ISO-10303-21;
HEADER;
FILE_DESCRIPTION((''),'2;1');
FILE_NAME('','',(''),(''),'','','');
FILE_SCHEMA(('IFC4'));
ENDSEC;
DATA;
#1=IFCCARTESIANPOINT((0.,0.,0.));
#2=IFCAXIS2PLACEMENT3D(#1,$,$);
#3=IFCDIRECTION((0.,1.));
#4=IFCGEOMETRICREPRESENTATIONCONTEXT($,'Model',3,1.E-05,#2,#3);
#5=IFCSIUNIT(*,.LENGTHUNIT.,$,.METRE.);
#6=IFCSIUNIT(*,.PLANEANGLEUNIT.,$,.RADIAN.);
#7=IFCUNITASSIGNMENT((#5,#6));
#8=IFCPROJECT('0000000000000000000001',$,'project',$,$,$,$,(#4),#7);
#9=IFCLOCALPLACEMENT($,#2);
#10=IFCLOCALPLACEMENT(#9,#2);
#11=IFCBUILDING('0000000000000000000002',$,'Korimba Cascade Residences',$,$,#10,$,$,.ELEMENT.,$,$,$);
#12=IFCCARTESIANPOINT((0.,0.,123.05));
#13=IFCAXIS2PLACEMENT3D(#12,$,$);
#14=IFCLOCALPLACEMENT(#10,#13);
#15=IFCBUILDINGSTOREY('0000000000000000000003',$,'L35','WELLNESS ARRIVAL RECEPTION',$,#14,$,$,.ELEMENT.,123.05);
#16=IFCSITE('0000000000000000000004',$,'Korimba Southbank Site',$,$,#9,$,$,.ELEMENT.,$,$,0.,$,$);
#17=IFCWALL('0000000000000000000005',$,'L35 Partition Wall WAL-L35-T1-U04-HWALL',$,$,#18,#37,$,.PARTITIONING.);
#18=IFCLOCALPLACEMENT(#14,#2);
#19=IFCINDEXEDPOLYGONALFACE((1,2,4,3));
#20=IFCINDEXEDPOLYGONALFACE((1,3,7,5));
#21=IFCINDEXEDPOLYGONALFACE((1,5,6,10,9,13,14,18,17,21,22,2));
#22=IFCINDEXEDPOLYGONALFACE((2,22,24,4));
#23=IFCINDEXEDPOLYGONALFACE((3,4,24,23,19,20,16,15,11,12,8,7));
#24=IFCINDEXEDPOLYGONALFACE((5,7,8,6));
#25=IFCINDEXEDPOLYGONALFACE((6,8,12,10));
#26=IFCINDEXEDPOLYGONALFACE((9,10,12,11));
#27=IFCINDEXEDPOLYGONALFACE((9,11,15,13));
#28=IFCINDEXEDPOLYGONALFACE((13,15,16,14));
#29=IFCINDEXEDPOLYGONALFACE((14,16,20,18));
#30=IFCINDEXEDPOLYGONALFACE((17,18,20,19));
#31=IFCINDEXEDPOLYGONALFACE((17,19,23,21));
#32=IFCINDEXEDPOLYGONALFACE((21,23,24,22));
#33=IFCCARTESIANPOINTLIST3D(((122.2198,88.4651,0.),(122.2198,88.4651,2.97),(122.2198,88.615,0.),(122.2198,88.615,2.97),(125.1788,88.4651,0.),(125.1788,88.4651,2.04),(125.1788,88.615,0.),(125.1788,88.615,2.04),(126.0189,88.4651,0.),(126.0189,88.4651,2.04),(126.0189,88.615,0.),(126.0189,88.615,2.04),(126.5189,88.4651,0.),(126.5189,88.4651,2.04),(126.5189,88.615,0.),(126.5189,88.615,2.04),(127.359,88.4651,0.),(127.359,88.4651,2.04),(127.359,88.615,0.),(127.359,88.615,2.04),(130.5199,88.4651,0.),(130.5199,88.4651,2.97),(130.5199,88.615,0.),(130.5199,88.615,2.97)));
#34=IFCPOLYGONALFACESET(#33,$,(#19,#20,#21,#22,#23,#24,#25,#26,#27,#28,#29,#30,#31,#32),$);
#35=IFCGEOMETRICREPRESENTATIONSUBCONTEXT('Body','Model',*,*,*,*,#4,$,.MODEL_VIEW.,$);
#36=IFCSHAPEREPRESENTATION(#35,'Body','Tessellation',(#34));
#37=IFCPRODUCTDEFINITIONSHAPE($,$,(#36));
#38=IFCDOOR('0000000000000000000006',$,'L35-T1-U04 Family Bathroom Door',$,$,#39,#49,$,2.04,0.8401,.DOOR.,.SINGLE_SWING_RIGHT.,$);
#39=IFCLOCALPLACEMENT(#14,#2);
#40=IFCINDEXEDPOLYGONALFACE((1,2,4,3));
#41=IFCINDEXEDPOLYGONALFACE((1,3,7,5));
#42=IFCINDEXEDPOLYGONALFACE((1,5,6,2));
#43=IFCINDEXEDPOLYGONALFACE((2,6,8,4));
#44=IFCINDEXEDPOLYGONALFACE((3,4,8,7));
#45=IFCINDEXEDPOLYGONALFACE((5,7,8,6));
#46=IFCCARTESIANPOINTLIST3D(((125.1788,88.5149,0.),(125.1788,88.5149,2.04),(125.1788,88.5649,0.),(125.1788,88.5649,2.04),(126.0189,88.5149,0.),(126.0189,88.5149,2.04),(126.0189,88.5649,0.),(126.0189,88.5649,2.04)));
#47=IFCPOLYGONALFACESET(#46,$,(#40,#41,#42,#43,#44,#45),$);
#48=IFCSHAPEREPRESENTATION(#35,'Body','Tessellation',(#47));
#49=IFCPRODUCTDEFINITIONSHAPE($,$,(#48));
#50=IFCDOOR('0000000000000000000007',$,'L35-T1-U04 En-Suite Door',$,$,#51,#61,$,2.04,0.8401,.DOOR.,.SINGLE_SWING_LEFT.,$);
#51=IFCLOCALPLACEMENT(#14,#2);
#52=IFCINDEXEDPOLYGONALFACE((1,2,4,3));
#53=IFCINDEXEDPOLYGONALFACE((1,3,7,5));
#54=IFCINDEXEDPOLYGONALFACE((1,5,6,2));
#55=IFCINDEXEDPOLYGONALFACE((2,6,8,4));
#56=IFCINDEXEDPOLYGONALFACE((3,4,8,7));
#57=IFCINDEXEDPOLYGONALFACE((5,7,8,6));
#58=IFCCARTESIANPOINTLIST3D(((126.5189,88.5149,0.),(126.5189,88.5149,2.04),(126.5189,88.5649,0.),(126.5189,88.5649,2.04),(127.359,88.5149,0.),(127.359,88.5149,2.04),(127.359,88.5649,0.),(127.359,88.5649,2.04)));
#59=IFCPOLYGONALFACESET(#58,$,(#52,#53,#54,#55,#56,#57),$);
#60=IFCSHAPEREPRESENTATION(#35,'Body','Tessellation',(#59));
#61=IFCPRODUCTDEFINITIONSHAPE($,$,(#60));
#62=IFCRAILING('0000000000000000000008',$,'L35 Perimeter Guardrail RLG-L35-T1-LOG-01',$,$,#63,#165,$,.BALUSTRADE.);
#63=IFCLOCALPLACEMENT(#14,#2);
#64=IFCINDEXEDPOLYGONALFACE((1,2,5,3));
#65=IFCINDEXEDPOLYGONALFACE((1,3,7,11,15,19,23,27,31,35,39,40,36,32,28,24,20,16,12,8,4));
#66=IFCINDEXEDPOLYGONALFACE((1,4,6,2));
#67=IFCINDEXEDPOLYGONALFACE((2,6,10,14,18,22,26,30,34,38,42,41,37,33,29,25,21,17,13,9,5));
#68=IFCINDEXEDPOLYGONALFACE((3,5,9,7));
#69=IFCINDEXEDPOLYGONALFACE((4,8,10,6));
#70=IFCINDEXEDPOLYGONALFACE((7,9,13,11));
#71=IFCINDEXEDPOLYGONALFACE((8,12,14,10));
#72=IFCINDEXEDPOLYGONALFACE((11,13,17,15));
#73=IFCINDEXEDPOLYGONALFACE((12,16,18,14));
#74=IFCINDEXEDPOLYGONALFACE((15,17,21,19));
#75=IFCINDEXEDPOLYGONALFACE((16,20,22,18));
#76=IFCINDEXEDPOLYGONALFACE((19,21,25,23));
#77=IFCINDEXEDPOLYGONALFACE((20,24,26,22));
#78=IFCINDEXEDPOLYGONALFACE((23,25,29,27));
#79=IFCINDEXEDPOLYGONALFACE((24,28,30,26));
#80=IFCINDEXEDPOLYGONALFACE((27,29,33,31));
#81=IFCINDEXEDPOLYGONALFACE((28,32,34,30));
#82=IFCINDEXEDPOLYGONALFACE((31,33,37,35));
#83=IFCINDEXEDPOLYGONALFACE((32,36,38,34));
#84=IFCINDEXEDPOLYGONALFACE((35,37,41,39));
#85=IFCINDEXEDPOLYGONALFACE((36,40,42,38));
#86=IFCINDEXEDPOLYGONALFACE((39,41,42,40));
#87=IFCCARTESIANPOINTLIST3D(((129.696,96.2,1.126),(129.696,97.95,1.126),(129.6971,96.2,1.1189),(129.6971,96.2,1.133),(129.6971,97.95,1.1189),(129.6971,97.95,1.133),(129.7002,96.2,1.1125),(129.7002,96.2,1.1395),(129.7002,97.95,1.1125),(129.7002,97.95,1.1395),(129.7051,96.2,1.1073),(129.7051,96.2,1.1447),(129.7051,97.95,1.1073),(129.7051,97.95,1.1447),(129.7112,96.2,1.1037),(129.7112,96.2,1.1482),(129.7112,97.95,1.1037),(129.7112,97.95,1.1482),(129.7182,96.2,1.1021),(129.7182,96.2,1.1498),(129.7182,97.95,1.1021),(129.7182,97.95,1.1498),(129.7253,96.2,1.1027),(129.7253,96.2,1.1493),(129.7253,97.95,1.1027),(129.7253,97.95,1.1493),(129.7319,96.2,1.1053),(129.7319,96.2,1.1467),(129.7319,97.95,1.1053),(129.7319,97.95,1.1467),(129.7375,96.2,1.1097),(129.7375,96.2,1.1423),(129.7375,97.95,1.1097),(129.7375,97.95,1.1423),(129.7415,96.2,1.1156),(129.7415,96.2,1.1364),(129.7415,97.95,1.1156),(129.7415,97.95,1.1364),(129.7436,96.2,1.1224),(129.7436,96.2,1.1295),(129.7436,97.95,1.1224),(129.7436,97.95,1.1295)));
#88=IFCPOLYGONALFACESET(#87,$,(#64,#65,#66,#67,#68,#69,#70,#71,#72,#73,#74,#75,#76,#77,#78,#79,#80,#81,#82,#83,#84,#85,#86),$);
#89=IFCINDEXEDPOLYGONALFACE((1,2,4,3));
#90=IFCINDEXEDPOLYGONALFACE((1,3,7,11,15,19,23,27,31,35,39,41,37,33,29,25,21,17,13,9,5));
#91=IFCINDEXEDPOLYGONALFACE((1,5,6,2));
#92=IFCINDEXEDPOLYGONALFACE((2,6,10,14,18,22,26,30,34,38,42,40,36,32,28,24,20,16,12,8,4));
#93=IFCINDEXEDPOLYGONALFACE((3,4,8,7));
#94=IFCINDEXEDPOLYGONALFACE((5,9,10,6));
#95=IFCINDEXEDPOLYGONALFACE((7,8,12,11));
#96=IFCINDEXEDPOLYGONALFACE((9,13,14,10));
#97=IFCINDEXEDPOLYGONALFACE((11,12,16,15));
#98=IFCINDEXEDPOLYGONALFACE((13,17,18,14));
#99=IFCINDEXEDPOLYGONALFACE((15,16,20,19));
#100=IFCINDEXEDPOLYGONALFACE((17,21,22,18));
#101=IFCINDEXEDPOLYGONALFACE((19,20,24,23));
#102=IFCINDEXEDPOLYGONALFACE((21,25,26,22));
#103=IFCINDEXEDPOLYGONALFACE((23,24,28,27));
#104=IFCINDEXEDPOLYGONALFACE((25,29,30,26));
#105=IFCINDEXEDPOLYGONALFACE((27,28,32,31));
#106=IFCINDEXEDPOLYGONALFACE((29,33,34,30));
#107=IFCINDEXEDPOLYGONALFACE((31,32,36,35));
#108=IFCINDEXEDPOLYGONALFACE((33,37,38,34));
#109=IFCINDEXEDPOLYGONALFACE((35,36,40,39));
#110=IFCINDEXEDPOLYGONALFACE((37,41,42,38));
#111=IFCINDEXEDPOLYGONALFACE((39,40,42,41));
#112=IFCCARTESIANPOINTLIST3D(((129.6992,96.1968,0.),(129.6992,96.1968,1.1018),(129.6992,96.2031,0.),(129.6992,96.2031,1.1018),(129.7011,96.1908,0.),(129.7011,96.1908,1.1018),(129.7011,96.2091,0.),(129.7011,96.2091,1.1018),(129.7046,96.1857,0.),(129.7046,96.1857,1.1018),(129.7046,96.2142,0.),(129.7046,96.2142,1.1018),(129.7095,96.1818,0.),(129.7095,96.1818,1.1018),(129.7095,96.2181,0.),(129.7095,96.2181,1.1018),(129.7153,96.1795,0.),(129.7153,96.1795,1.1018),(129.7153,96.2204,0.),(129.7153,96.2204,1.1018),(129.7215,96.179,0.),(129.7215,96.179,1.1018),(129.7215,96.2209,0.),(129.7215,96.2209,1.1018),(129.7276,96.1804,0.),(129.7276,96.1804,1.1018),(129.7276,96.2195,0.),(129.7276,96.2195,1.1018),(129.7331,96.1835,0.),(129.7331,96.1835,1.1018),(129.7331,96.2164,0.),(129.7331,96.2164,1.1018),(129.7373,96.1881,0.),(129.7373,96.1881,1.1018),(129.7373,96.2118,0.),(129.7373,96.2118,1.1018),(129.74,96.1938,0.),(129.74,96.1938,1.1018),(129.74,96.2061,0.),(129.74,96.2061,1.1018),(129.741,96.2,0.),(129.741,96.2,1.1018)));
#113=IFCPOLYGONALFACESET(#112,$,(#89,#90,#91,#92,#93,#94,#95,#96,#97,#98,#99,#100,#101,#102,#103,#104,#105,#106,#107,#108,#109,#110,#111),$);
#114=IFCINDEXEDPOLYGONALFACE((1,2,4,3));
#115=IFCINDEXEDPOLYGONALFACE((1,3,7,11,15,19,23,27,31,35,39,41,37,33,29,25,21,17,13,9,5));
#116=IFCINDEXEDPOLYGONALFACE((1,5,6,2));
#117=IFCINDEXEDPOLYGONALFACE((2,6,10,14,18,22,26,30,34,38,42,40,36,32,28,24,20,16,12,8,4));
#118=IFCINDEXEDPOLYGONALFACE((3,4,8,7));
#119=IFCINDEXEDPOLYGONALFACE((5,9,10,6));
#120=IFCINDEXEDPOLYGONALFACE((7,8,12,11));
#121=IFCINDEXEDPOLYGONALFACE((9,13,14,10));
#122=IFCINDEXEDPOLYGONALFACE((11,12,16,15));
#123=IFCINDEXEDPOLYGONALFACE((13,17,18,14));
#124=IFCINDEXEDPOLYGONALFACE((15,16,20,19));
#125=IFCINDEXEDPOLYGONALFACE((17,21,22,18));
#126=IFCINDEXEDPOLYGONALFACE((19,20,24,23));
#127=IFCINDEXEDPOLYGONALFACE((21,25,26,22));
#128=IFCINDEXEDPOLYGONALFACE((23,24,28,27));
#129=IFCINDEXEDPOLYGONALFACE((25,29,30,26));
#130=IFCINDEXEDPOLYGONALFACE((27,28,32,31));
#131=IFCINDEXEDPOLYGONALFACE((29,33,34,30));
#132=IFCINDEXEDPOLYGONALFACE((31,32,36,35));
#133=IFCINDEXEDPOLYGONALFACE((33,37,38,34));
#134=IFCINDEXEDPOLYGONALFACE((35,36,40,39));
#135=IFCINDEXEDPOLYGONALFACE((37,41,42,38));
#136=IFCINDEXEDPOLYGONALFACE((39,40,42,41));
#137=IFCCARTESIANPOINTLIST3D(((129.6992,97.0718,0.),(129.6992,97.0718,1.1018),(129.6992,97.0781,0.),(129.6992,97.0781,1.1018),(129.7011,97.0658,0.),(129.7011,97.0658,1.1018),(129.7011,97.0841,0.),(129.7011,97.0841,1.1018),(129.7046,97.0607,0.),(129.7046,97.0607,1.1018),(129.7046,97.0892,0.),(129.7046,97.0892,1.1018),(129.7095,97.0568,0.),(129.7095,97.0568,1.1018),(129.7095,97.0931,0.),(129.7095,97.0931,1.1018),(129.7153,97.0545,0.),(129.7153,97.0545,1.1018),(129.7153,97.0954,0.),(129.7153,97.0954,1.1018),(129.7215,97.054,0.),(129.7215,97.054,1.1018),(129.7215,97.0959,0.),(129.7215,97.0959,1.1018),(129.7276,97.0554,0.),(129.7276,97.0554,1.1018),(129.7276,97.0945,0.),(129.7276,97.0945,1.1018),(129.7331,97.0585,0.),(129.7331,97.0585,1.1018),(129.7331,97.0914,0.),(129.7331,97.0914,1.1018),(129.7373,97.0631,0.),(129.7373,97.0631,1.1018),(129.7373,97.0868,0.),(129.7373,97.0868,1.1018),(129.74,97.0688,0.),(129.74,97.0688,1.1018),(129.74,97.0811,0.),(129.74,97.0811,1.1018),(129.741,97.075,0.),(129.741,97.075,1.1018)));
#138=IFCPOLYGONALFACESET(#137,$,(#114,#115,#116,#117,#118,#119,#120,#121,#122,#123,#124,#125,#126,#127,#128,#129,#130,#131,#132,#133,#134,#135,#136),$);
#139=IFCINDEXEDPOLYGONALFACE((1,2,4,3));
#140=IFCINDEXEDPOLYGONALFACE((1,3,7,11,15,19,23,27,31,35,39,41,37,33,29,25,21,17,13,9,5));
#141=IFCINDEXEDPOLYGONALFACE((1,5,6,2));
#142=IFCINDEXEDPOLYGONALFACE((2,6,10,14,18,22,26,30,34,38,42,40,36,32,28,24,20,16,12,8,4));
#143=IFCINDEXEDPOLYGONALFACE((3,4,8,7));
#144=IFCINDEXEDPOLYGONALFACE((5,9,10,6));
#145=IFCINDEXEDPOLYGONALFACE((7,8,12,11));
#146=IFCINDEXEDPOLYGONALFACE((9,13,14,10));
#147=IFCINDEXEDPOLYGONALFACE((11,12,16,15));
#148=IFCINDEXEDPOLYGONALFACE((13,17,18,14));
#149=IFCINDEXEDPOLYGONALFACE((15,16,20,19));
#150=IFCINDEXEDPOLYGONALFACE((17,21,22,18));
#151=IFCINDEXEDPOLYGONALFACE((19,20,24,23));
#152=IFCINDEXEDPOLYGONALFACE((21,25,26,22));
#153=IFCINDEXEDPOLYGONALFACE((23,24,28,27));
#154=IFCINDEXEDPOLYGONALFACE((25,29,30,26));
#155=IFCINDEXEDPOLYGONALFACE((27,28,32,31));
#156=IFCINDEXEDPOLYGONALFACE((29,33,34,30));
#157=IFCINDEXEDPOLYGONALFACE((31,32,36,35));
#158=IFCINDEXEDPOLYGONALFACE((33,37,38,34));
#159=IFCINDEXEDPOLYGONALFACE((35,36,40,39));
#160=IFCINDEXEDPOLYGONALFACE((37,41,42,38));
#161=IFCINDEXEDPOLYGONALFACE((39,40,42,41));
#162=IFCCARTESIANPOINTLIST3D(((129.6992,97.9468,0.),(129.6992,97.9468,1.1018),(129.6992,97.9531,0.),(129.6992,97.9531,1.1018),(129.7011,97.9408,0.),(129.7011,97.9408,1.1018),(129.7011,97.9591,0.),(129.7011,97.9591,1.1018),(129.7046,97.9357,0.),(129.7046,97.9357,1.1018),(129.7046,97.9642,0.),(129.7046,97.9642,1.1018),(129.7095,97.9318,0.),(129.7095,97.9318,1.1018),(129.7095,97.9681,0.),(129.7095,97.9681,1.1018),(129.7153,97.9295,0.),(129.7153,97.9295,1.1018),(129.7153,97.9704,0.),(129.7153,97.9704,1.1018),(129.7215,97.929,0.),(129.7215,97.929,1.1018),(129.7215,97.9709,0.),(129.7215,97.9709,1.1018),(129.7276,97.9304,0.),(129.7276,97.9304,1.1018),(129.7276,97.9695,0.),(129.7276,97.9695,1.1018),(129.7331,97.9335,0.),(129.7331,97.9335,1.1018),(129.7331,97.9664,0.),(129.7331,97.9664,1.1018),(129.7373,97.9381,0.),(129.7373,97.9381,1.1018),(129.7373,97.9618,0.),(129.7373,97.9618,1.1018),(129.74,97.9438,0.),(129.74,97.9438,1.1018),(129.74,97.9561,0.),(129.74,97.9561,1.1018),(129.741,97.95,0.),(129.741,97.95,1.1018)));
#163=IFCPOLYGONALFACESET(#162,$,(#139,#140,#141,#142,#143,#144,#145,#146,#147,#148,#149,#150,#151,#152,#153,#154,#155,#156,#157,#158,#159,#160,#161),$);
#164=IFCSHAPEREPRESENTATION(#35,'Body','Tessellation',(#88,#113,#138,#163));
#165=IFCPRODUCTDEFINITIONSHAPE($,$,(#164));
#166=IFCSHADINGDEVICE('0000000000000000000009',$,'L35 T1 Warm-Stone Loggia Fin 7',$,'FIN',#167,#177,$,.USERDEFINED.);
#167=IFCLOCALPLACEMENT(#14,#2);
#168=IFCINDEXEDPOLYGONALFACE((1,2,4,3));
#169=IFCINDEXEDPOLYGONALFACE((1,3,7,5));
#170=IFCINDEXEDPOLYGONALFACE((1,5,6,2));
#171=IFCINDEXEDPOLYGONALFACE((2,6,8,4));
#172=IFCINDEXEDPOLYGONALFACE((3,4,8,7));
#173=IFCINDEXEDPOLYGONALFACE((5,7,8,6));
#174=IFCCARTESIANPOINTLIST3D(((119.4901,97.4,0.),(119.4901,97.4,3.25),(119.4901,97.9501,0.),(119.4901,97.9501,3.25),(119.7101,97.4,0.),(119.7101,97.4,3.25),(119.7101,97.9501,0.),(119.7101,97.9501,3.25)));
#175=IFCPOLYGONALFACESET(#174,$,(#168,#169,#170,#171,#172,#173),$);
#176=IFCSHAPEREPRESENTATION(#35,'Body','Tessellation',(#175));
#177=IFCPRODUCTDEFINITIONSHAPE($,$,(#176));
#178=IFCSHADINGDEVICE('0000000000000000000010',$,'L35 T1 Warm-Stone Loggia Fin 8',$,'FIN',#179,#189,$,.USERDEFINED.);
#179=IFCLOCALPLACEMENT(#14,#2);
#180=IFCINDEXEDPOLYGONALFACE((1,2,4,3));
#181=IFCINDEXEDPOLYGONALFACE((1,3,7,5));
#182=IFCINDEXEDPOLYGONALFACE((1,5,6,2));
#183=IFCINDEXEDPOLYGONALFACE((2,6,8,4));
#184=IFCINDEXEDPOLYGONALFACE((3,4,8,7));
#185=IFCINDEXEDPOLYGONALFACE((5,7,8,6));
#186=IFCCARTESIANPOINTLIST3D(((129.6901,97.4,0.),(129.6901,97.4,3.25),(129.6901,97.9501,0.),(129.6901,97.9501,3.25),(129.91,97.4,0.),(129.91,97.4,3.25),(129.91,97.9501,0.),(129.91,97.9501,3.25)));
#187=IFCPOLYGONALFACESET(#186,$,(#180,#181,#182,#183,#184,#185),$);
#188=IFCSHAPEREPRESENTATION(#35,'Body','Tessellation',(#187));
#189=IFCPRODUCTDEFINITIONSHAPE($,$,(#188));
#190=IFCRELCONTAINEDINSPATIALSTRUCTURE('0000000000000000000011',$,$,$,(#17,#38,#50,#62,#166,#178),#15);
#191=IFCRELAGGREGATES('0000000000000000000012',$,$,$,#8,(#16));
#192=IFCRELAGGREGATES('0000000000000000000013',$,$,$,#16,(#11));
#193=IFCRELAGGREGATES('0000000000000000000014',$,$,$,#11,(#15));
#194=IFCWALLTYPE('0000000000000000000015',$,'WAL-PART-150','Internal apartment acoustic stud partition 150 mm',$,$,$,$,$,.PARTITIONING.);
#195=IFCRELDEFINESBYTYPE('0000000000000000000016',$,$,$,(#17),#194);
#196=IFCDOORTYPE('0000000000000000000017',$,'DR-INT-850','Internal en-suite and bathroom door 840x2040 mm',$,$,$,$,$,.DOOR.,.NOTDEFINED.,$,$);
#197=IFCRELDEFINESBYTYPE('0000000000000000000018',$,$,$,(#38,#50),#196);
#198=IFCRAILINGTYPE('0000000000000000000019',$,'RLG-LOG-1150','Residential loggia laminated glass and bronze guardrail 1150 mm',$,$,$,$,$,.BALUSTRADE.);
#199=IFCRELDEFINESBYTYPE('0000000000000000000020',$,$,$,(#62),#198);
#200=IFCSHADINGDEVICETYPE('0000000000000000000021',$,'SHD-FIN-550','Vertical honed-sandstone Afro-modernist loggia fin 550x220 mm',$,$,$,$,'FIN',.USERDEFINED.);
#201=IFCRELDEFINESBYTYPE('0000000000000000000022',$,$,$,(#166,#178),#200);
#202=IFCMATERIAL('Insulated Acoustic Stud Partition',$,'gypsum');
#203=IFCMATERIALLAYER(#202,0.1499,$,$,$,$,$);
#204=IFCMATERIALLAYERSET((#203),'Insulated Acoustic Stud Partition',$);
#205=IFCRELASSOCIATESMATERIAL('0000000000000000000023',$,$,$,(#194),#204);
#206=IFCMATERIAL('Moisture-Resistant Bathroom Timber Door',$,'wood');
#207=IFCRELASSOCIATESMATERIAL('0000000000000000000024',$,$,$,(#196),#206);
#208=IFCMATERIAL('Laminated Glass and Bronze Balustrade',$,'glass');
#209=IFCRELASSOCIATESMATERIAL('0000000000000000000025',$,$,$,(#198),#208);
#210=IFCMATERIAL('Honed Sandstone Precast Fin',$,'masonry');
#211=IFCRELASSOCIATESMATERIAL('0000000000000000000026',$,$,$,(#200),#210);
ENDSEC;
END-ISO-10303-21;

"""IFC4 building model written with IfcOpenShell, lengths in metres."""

from ifc_helpers import new_model, si_unit, direction, frame, frame_2d, origin, origin_2d, place, context, subcontext, project, spatial, rectangle, circle, extrude, material, layer, layer_set, type_object, element, fill, save


model = new_model("IFC4")

# Units and contexts
model_context = context("Model", 3, precision=1e-05, world=origin(), true_north=direction((0.0, 1.0)))
body_context = subcontext(model_context, "Body", "Model", "MODEL_VIEW")
ifc_project = project(units=[si_unit("LENGTHUNIT", "METRE"), si_unit("PLANEANGLEUNIT", "RADIAN")], contexts=[model_context])

# Site, building, storey
site_placement = place(None, origin())
site = spatial("IfcSite", under=ifc_project, at=site_placement, Name="Korimba Southbank Site", CompositionType="ELEMENT", RefElevation=0.0)
building_placement = place(site_placement, origin())
building = spatial("IfcBuilding", under=site, at=building_placement, Name="Korimba Cascade Residences", CompositionType="ELEMENT")
storey_placement = place(building_placement, frame((0.0, 0.0, 123.05)))
storey = spatial("IfcBuildingStorey", under=building, at=storey_placement, Name="L35", Description="WELLNESS ARRIVAL RECEPTION", CompositionType="ELEMENT", Elevation=123.05)

# Shared definitions
ifc_material_1 = material(Name="Insulated Acoustic Stud Partition", Category="gypsum")
ifc_layer_1 = layer(ifc_material_1, 0.1499)
ifc_layer_set_1 = layer_set([ifc_layer_1], Name="Insulated Acoustic Stud Partition")
wall_type_1 = type_object("IfcWallType", Name="WAL-PART-150", Description="Internal apartment acoustic stud partition 150 mm", PredefinedType="PARTITIONING", material=ifc_layer_set_1)

# Wall, openings, doors
wall_1_placement = place(storey_placement, frame((122.22, 88.54, 0.0), z_axis=(0.0, 0.0, 1.0), x_axis=(1.0, 0.0, 0.0)))
wall_1 = element("IfcWall", 1, at=wall_1_placement, inside=storey, type_object=wall_type_1, Name="L35 Partition Wall WAL-L35-T1-U04-HWALL", PredefinedType="PARTITIONING", context=body_context, shape_type="SweptSolid", body=[
    extrude(rectangle(XDim=8.3, YDim=0.1499, at=frame_2d((4.1499, 0.0))), origin(), (0.0, 0.0, 1.0), 2.97),
])
opening_1_placement = place(wall_1_placement, frame((2.959, 0.0, 0.0)))
opening_1 = element("IfcOpeningElement", 2, at=opening_1_placement, cuts=wall_1, PredefinedType="OPENING", context=body_context, shape_type="SweptSolid", body=[
    extrude(rectangle(XDim=0.8401, YDim=2.04, at=frame_2d((0.4199, 1.02))), frame((0.0, 0.085, 0.0), z_axis=(0.0, -1.0, 0.0), x_axis=(1.0, 0.0, 0.0)), (0.0, 0.0, 1.0), 0.1699),
])
opening_2_placement = place(wall_1_placement, frame((4.2991, 0.0, 0.0)))
opening_2 = element("IfcOpeningElement", 3, at=opening_2_placement, cuts=wall_1, PredefinedType="OPENING", context=body_context, shape_type="SweptSolid", body=[
    extrude(rectangle(XDim=0.8401, YDim=2.04, at=frame_2d((0.4199, 1.02))), frame((0.0, 0.085, 0.0), z_axis=(0.0, -1.0, 0.0), x_axis=(1.0, 0.0, 0.0)), (0.0, 0.0, 1.0), 0.1699),
])
ifc_material_2 = material(Name="Moisture-Resistant Bathroom Timber Door", Category="wood")
door_type_1 = type_object("IfcDoorType", Name="DR-INT-850", Description="Internal en-suite and bathroom door 840x2040 mm", OperationType="NOTDEFINED", PredefinedType="DOOR", material=ifc_material_2)
door_1_placement = place(opening_1_placement, origin())
door_1 = element("IfcDoor", 4, at=door_1_placement, inside=storey, type_object=door_type_1, Name="L35-T1-U04 Family Bathroom Door", OperationType="SINGLE_SWING_RIGHT", OverallHeight=2.04, OverallWidth=0.8401, PredefinedType="DOOR", context=body_context, shape_type="SweptSolid", body=[
    extrude(rectangle(XDim=0.8401, YDim=2.04, at=frame_2d((0.4199, 1.02))), frame((0.0, 0.0249, 0.0), z_axis=(0.0, -1.0, 0.0), x_axis=(1.0, 0.0, 0.0)), (0.0, 0.0, 1.0), 0.05),
])
fill(opening_1, door_1)
door_2_placement = place(opening_2_placement, origin())
door_2 = element("IfcDoor", 5, at=door_2_placement, inside=storey, type_object=door_type_1, Name="L35-T1-U04 En-Suite Door", OperationType="SINGLE_SWING_LEFT", OverallHeight=2.04, OverallWidth=0.8401, PredefinedType="DOOR", context=body_context, shape_type="SweptSolid", body=[
    extrude(rectangle(XDim=0.8401, YDim=2.04, at=frame_2d((0.4199, 1.02))), frame((0.0, 0.0249, 0.0), z_axis=(0.0, -1.0, 0.0), x_axis=(1.0, 0.0, 0.0)), (0.0, 0.0, 1.0), 0.05),
])
fill(opening_2, door_2)

# Railing
ifc_material_3 = material(Name="Laminated Glass and Bronze Balustrade", Category="glass")
railing_type = type_object("IfcRailingType", Name="RLG-LOG-1150", Description="Residential loggia laminated glass and bronze guardrail 1150 mm", PredefinedType="BALUSTRADE", material=ifc_material_3)
railing_1_placement = place(storey_placement, frame((129.72, 96.2, 0.0)))
element("IfcRailing", 6, at=railing_1_placement, inside=storey, type_object=railing_type, Name="L35 Perimeter Guardrail RLG-L35-T1-LOG-01", PredefinedType="BALUSTRADE", context=body_context, shape_type="SweptSolid", body=[
    extrude(circle(Radius=0.0239, at=origin_2d()), frame((0.0, 0.0, 1.126), z_axis=(0.0, 1.0, 0.0), x_axis=(-1.0, 0.0, 0.0)), (0.0, 0.0, 1.0), 1.75),
    extrude(circle(Radius=0.021, at=origin_2d()), origin(), (0.0, 0.0, 1.0), 1.1018),
    extrude(circle(Radius=0.021, at=origin_2d()), frame((0.0, 0.875, 0.0)), (0.0, 0.0, 1.0), 1.1018),
    extrude(circle(Radius=0.021, at=origin_2d()), frame((0.0, 1.75, 0.0)), (0.0, 0.0, 1.0), 1.1018),
])

# Shading devices
ifc_material_4 = material(Name="Honed Sandstone Precast Fin", Category="masonry")
shading_device_type = type_object("IfcShadingDeviceType", Name="SHD-FIN-550", Description="Vertical honed-sandstone Afro-modernist loggia fin 550x220 mm", ElementType="FIN", PredefinedType="USERDEFINED", material=ifc_material_4)
for number, where, z_axis, x_axis, name in (
    (7, (119.6001, 97.675, 0.0), (0.0, 0.0, 1.0), (1.0, 0.0, 0.0), "L35 T1 Warm-Stone Loggia Fin 7"),
    (8, (129.8, 97.675, 0.0), (0.0, 0.0, 1.0), (1.0, 0.0, 0.0), "L35 T1 Warm-Stone Loggia Fin 8"),
):
    element("IfcShadingDevice", number, at=place(storey_placement, frame(where, z_axis=z_axis, x_axis=x_axis)), inside=storey, type_object=shading_device_type, Name=name, ObjectType="FIN", PredefinedType="USERDEFINED", context=body_context, shape_type="SweptSolid", body=[
        extrude(rectangle(XDim=0.22, YDim=0.55, at=origin_2d()), origin(), (0.0, 0.0, 1.0), 3.25),
    ])

save(model, "model.ifc")
